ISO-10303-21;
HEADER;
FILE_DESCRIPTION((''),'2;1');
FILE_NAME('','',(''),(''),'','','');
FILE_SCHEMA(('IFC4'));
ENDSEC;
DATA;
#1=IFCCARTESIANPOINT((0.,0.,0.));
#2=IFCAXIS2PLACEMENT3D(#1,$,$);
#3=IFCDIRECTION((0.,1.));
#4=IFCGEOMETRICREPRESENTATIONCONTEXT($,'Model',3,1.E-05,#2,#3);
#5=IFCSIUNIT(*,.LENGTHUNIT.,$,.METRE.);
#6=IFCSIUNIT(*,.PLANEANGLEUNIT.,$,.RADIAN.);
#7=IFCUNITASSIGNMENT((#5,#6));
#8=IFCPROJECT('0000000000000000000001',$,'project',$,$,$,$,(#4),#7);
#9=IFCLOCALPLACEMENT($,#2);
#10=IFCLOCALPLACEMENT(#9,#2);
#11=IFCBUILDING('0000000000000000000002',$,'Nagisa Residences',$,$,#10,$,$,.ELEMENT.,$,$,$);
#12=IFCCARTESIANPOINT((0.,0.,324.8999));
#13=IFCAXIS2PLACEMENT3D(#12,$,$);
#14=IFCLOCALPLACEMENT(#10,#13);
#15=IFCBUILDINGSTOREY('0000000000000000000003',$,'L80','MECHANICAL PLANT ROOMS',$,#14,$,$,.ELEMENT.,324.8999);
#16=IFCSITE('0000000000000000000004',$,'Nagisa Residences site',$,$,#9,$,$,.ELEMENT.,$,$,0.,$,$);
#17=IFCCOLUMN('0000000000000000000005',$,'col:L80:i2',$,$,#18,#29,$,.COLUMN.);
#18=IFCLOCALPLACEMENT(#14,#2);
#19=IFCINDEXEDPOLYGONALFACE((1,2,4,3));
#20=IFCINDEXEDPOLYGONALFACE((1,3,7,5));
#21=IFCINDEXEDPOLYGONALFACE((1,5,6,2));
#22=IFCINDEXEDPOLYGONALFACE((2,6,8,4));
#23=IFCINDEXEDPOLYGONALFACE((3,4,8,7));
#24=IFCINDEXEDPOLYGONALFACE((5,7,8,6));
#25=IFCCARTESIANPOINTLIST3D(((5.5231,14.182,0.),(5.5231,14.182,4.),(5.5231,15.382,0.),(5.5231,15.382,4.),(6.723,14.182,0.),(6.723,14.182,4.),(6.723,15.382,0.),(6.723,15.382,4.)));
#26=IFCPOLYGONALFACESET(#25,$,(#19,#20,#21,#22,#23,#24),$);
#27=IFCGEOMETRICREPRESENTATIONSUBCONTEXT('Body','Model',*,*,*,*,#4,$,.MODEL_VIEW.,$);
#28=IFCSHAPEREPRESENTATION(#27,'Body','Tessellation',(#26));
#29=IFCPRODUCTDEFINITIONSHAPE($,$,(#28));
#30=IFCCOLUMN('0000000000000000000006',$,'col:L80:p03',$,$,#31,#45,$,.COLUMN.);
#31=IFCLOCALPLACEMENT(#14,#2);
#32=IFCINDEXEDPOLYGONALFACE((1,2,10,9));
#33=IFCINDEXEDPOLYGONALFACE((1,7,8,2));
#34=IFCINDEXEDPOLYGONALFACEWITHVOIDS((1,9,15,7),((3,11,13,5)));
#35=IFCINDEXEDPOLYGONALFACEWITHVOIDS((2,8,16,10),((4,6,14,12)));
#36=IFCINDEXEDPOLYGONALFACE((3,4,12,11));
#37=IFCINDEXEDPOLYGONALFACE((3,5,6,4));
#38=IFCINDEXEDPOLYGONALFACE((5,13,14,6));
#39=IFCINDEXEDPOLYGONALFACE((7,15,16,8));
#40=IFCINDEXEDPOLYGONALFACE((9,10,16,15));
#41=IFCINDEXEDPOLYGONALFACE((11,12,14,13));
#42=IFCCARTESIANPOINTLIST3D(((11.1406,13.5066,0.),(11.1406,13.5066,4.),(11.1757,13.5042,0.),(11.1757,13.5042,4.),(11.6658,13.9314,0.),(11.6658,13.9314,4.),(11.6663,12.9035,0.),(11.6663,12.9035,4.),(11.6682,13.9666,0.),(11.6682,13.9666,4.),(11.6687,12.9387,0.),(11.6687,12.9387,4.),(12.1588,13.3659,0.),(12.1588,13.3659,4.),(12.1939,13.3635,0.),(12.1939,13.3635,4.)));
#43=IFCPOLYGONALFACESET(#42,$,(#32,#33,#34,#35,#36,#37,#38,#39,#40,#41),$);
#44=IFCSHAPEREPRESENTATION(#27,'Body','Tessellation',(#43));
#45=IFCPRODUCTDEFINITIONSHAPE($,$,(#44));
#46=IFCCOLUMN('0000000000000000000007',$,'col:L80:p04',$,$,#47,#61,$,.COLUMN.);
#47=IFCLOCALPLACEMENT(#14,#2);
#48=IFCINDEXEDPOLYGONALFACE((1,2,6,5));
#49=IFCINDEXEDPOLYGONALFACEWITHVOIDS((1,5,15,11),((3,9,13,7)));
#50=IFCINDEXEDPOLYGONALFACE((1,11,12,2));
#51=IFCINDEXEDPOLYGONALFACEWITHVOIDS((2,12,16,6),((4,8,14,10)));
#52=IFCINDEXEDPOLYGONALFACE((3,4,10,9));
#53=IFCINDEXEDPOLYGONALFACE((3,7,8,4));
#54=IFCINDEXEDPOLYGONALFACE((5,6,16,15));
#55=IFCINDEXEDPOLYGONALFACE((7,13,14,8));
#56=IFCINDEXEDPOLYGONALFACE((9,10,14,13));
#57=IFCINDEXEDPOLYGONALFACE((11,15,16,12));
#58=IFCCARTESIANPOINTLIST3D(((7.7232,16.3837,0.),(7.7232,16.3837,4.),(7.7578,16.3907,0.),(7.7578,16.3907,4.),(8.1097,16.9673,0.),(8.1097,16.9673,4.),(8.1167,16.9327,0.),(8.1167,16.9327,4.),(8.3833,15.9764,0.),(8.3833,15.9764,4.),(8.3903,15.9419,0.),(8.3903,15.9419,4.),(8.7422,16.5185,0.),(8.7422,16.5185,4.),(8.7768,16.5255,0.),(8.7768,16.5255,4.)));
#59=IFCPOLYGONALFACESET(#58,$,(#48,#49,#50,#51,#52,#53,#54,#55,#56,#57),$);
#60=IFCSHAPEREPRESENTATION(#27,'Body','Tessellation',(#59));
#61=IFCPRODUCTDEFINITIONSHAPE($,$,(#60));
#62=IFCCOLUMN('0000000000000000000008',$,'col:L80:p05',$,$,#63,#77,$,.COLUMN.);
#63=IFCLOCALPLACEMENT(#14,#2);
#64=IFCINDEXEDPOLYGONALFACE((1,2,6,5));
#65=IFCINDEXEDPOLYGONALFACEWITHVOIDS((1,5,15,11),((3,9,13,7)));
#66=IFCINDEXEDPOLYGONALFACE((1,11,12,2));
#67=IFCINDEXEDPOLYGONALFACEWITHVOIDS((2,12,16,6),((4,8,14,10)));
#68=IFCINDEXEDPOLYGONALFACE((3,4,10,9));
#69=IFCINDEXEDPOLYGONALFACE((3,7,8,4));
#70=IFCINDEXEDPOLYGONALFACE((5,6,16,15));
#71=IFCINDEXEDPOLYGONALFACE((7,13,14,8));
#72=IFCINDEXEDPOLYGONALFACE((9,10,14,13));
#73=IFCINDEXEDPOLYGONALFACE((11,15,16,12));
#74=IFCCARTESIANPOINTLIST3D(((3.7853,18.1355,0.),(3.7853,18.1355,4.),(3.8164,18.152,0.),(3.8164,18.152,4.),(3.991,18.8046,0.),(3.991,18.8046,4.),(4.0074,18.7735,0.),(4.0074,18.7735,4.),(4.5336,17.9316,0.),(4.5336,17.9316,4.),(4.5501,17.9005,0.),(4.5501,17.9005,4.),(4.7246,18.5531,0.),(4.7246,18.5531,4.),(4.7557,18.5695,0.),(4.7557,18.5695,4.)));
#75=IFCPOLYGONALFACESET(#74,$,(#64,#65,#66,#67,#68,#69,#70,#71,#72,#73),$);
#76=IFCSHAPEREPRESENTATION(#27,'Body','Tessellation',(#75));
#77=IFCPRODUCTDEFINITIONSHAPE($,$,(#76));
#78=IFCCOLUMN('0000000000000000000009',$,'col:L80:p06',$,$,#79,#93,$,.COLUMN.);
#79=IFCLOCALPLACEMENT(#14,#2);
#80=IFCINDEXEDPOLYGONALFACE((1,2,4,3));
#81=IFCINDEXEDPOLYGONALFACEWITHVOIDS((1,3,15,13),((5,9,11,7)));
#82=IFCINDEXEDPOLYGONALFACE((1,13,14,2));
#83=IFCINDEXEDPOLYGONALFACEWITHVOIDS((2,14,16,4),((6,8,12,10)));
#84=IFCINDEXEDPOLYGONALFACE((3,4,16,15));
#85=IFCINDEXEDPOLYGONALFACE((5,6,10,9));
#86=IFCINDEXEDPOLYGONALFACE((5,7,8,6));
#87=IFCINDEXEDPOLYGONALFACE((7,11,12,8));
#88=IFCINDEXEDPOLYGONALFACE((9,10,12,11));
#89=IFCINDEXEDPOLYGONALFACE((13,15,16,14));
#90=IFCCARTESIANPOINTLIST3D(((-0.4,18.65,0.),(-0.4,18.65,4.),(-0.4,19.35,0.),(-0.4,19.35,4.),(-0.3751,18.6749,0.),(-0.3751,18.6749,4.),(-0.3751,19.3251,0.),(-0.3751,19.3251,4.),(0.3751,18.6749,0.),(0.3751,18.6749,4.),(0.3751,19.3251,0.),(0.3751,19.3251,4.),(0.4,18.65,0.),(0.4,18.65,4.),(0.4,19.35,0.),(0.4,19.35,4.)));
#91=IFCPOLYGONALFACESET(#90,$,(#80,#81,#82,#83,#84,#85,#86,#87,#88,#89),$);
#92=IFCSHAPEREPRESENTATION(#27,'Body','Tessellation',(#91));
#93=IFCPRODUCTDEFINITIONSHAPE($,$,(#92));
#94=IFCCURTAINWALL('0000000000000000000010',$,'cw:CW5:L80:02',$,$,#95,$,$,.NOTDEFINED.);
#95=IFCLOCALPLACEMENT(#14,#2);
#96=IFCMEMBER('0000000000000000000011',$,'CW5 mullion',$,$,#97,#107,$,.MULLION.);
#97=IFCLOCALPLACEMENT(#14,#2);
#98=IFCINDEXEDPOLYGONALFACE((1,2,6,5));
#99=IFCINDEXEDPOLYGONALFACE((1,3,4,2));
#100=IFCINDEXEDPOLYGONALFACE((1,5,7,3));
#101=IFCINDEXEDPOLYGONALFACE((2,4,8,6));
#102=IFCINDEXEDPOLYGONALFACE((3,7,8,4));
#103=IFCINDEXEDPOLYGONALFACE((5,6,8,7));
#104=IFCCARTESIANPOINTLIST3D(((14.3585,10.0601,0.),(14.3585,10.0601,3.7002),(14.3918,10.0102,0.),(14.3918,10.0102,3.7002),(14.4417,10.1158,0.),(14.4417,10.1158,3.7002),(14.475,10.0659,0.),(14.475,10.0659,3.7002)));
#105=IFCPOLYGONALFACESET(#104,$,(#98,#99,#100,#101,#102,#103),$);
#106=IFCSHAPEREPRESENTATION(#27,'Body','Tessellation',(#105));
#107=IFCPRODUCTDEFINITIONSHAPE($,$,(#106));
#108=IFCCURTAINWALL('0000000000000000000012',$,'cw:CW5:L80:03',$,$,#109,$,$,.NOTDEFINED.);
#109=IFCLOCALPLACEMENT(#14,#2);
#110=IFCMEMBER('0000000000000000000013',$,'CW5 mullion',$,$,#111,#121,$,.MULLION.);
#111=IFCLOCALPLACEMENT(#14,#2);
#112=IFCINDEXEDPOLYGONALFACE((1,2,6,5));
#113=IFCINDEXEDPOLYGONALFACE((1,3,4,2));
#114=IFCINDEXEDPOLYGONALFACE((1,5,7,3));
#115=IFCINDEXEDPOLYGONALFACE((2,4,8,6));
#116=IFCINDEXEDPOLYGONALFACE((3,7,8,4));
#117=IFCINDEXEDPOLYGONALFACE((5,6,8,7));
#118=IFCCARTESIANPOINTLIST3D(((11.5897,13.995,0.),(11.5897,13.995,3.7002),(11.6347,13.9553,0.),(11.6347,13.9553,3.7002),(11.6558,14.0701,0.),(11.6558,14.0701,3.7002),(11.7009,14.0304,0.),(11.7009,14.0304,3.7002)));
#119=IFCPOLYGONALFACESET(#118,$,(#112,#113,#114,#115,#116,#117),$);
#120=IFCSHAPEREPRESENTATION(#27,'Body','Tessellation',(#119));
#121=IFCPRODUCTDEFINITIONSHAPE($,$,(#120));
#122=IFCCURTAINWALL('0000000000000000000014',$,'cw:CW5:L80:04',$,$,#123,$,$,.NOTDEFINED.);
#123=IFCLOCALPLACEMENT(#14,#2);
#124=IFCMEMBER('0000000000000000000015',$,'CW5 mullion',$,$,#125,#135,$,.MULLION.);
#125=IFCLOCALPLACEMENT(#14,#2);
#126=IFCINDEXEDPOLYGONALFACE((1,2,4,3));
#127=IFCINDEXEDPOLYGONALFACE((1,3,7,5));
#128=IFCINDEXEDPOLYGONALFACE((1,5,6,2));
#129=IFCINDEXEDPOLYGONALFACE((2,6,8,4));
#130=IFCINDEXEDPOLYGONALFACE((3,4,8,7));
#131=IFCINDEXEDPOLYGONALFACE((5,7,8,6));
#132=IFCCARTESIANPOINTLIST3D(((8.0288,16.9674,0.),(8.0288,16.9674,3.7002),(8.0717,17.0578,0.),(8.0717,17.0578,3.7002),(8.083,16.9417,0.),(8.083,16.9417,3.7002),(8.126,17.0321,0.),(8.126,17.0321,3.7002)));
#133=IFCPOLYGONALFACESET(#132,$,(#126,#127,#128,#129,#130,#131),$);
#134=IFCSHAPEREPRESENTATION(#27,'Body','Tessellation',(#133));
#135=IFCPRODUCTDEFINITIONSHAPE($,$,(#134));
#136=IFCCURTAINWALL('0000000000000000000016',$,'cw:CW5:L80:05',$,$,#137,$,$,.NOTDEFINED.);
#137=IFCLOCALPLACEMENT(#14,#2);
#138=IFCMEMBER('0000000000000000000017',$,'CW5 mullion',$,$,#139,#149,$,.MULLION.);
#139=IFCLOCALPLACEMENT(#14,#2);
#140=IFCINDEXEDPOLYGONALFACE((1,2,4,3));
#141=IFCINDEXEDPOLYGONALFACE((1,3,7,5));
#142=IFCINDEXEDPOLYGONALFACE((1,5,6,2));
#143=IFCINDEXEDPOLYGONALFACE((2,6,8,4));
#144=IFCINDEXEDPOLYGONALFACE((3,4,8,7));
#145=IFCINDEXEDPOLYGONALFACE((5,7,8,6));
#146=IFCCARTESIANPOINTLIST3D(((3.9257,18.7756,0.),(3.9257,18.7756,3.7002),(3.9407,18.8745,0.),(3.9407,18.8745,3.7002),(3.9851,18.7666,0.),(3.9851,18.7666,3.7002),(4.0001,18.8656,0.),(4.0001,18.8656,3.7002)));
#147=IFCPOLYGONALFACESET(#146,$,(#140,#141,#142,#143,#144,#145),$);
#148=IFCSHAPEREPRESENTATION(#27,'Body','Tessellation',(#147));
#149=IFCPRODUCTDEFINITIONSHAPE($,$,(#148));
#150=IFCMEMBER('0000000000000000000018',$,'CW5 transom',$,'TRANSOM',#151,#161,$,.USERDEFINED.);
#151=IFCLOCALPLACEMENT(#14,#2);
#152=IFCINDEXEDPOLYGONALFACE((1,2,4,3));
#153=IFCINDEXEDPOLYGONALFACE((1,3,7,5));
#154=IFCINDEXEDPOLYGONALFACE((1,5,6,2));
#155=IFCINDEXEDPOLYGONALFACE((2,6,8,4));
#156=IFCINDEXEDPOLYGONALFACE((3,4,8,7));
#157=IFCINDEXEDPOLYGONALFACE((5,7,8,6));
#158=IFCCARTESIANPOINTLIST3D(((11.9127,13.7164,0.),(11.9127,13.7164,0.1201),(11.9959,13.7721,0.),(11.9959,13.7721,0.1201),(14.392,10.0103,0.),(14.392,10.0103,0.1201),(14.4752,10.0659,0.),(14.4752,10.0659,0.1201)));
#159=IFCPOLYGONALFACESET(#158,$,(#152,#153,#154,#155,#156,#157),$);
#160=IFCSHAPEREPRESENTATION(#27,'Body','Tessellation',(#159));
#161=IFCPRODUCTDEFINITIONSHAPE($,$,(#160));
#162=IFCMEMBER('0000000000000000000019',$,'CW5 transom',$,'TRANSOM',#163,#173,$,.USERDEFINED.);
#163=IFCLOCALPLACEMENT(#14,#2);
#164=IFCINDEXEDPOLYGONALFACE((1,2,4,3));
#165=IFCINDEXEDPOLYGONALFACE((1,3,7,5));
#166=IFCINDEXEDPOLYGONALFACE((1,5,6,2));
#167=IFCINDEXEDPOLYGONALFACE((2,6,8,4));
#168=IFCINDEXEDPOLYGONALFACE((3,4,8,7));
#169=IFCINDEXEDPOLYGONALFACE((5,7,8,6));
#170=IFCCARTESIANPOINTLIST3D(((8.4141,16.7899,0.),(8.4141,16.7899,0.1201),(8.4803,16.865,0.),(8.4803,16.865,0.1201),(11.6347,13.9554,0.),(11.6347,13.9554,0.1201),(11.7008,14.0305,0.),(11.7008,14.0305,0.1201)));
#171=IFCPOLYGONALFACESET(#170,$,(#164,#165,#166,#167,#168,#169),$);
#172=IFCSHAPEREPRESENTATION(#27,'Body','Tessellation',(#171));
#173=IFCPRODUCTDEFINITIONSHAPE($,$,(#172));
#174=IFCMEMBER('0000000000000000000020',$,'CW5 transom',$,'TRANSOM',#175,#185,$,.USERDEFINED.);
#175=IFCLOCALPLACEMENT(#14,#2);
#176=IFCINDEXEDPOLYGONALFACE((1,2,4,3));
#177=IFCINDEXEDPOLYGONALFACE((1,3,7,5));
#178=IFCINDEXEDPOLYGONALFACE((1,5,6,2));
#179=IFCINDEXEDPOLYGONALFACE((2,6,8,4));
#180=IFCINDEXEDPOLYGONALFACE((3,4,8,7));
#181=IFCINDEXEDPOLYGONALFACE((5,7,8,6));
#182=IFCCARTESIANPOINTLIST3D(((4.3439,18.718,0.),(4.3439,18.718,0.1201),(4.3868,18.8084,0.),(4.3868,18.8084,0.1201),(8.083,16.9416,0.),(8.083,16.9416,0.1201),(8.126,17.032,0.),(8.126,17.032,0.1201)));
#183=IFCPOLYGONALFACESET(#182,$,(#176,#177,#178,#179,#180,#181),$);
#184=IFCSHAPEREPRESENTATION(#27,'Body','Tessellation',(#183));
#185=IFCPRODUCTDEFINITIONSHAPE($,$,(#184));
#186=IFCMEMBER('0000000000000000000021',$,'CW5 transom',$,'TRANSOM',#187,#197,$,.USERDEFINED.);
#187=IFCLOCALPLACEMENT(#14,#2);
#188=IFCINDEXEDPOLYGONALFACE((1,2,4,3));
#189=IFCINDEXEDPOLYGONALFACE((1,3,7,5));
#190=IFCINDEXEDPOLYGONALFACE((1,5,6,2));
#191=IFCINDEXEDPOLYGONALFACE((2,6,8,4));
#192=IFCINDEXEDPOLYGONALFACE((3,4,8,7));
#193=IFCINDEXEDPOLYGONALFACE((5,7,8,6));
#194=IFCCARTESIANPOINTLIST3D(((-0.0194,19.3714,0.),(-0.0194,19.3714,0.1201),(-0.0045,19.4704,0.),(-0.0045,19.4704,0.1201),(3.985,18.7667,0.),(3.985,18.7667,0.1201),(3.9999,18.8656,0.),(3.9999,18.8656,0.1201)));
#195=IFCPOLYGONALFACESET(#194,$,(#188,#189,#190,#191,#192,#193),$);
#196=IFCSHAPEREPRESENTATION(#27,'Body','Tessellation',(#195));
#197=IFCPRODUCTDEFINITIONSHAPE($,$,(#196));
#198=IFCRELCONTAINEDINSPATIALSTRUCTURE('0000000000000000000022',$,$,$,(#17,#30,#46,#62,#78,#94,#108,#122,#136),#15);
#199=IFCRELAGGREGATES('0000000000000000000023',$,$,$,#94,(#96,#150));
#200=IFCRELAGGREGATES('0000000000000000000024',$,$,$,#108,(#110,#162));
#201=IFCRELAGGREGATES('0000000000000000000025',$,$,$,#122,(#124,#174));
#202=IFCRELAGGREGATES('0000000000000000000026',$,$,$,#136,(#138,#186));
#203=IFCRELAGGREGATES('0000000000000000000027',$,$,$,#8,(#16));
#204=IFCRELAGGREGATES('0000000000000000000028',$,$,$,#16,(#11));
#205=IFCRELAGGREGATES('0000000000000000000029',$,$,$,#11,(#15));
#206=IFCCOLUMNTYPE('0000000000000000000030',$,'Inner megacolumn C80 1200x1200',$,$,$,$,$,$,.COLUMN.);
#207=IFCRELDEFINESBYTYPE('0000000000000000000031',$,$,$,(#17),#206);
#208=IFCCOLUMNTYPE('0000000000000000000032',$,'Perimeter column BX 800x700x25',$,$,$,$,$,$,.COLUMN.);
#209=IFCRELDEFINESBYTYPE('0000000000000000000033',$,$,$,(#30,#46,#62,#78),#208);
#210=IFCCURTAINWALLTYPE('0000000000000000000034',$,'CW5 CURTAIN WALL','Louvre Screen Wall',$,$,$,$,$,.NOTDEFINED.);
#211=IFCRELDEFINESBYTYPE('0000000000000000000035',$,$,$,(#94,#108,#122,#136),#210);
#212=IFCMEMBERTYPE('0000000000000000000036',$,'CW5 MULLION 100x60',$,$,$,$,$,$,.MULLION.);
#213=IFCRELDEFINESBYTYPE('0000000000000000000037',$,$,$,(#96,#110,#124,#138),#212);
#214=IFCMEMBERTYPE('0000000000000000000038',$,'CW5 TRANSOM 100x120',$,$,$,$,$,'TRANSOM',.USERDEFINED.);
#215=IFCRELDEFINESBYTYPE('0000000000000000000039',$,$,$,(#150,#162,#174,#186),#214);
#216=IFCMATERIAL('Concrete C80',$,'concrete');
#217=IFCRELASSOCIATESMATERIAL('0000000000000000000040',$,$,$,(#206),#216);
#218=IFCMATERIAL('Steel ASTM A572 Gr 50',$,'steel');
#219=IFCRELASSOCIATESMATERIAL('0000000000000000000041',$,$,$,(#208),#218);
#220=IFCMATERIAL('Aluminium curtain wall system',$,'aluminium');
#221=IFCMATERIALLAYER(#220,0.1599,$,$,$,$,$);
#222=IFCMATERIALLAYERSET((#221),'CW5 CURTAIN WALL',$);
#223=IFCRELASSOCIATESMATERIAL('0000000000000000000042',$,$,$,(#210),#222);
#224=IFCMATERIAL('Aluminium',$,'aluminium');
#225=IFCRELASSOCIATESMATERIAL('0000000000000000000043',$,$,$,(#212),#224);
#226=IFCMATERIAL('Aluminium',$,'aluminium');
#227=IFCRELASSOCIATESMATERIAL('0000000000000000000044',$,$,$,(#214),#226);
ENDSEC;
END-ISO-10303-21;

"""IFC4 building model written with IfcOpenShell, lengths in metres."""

from ifc_helpers import new_model, si_unit, direction, frame, origin, origin_2d, place, context, subcontext, project, spatial, rectangle, hollow_rectangle, extrude, material, layer, layer_set, material_profile, profile_set, type_object, element, aggregate, save


model = new_model("IFC4")

# Units and contexts
model_context = context("Model", 3, precision=1e-05, world=origin(), true_north=direction((0.0, 1.0)))
body_context = subcontext(model_context, "Body", "Model", "MODEL_VIEW")
ifc_project = project(units=[si_unit("LENGTHUNIT", "METRE"), si_unit("PLANEANGLEUNIT", "RADIAN")], contexts=[model_context])

# Site, building, storey
site_placement = place(None, origin())
site = spatial("IfcSite", under=ifc_project, at=site_placement, Name="Nagisa Residences site", CompositionType="ELEMENT", RefElevation=0.0)
building_placement = place(site_placement, origin())
building = spatial("IfcBuilding", under=site, at=building_placement, Name="Nagisa Residences", CompositionType="ELEMENT")
storey_placement = place(building_placement, frame((0.0, 0.0, 324.8999)))
storey = spatial("IfcBuildingStorey", under=building, at=storey_placement, Name="L80", Description="MECHANICAL PLANT ROOMS", CompositionType="ELEMENT", Elevation=324.8999)

# Columns
ifc_material_1 = material(Name="Concrete C80", Category="concrete")
ifc_material_profile_1 = material_profile(ifc_material_1, rectangle(XDim=1.2, YDim=1.2, at=origin_2d()), Name="C80 1200x1200")
ifc_profile_set_1 = profile_set([ifc_material_profile_1], Name="Concrete C80")
column_type_1 = type_object("IfcColumnType", Name="Inner megacolumn C80 1200x1200", PredefinedType="COLUMN", material=ifc_profile_set_1)
column_placement = place(storey_placement, frame((6.123, 14.782, 0.0), z_axis=(0.0, 0.0, 1.0), x_axis=(1.0, 0.0, 0.0)))
element("IfcColumn", 1, at=column_placement, inside=storey, type_object=column_type_1, Name="col:L80:i2", PredefinedType="COLUMN", context=body_context, shape_type="SweptSolid", body=[
    extrude(rectangle(XDim=1.2, YDim=1.2, at=origin_2d()), origin(), (0.0, 0.0, 1.0), 4.0),
])
ifc_material_2 = material(Name="Steel ASTM A572 Gr 50", Category="steel")
ifc_material_profile_2 = material_profile(ifc_material_2, hollow_rectangle(XDim=0.8, YDim=0.7, WallThickness=0.0249, at=origin_2d()), Name="BX 800x700x25")
ifc_profile_set_2 = profile_set([ifc_material_profile_2], Name="Steel ASTM A572 Gr 50")
column_type_2 = type_object("IfcColumnType", Name="Perimeter column BX 800x700x25", PredefinedType="COLUMN", material=ifc_profile_set_2)
for number, where, z_axis, x_axis, name in (
    (2, (11.6672, 13.4351, 0.0), (0.0, 0.0, 1.0), (-0.657135, 0.753773, 0.0), "col:L80:p03"),
    (3, (8.25, 16.4546, 0.0), (0.0, 0.0, 1.0), (-0.833744, 0.552151, 0.0), "col:L80:p04"),
    (4, (4.2705, 18.3525, 0.0), (0.0, 0.0, 1.0), (-0.95587, 0.29379, 0.0), "col:L80:p05"),
    (5, (0.0, 19.0, 0.0), (0.0, 0.0, 1.0), (-1.0, 0.0, 0.0), "col:L80:p06"),
):
    element("IfcColumn", number, at=place(storey_placement, frame(where, z_axis=z_axis, x_axis=x_axis)), inside=storey, type_object=column_type_2, Name=name, PredefinedType="COLUMN", context=body_context, shape_type="SweptSolid", body=[
        extrude(hollow_rectangle(XDim=0.8, YDim=0.7, WallThickness=0.0249, at=origin_2d()), origin(), (0.0, 0.0, 1.0), 4.0),
    ])

# Curtain walls, members
ifc_material_3 = material(Name="Aluminium curtain wall system", Category="aluminium")
ifc_layer_1 = layer(ifc_material_3, 0.1599)
ifc_layer_set_1 = layer_set([ifc_layer_1], Name="CW5 CURTAIN WALL")
curtain_wall_type = type_object("IfcCurtainWallType", Name="CW5 CURTAIN WALL", Description="Louvre Screen Wall", PredefinedType="NOTDEFINED", material=ifc_layer_set_1)
curtain_wall_1_placement = place(storey_placement, origin())
curtain_wall_1 = element("IfcCurtainWall", 6, at=curtain_wall_1_placement, inside=storey, type_object=curtain_wall_type, Name="cw:CW5:L80:02", PredefinedType="NOTDEFINED")
ifc_material_4 = material(Name="Aluminium", Category="aluminium")
ifc_material_profile_3 = material_profile(ifc_material_4, rectangle(XDim=0.1001, YDim=0.0601, at=origin_2d()), Name="CW5 MULLION 100x60")
ifc_profile_set_3 = profile_set([ifc_material_profile_3], Name="Aluminium")
member_type_1 = type_object("IfcMemberType", Name="CW5 MULLION 100x60", PredefinedType="MULLION", material=ifc_profile_set_3)
member_1_placement = place(storey_placement, frame((14.4167, 10.063, 0.0), z_axis=(0.0, 0.0, 1.0), x_axis=(-0.831173, -0.556014, 0.0)))
member_1 = element("IfcMember", 7, at=member_1_placement, type_object=member_type_1, Name="CW5 mullion", PredefinedType="MULLION", context=body_context, shape_type="SweptSolid", body=[
    extrude(rectangle(XDim=0.1001, YDim=0.0601, at=origin_2d()), origin(), (0.0, 0.0, 1.0), 3.7002),
])
curtain_wall_2_placement = place(storey_placement, origin())
curtain_wall_2 = element("IfcCurtainWall", 8, at=curtain_wall_2_placement, inside=storey, type_object=curtain_wall_type, Name="cw:CW5:L80:03", PredefinedType="NOTDEFINED")
member_2_placement = place(storey_placement, frame((11.6453, 14.0127, 0.0), z_axis=(0.0, 0.0, 1.0), x_axis=(-0.660699, -0.750651, 0.0)))
member_2 = element("IfcMember", 9, at=member_2_placement, type_object=member_type_1, Name="CW5 mullion", PredefinedType="MULLION", context=body_context, shape_type="SweptSolid", body=[
    extrude(rectangle(XDim=0.1001, YDim=0.0601, at=origin_2d()), origin(), (0.0, 0.0, 1.0), 3.7002),
])
curtain_wall_3_placement = place(storey_placement, origin())
curtain_wall_3 = element("IfcCurtainWall", 10, at=curtain_wall_3_placement, inside=storey, type_object=curtain_wall_type, Name="cw:CW5:L80:04", PredefinedType="NOTDEFINED")
member_3_placement = place(storey_placement, frame((8.0774, 16.9998, 0.0), z_axis=(0.0, 0.0, 1.0), x_axis=(-0.429151, -0.903233, 0.0)))
member_3 = element("IfcMember", 11, at=member_3_placement, type_object=member_type_1, Name="CW5 mullion", PredefinedType="MULLION", context=body_context, shape_type="SweptSolid", body=[
    extrude(rectangle(XDim=0.1001, YDim=0.0601, at=origin_2d()), origin(), (0.0, 0.0, 1.0), 3.7002),
])
curtain_wall_4_placement = place(storey_placement, origin())
curtain_wall_4 = element("IfcCurtainWall", 12, at=curtain_wall_4_placement, inside=storey, type_object=curtain_wall_type, Name="cw:CW5:L80:05", PredefinedType="NOTDEFINED")
member_4_placement = place(storey_placement, frame((3.9629, 18.8206, 0.0), z_axis=(0.0, 0.0, 1.0), x_axis=(-0.14932, -0.988789, 0.0)))
member_4 = element("IfcMember", 13, at=member_4_placement, type_object=member_type_1, Name="CW5 mullion", PredefinedType="MULLION", context=body_context, shape_type="SweptSolid", body=[
    extrude(rectangle(XDim=0.1001, YDim=0.0601, at=origin_2d()), origin(), (0.0, 0.0, 1.0), 3.7002),
])

# Members
ifc_material_5 = material(Name="Aluminium", Category="aluminium")
ifc_material_profile_4 = material_profile(ifc_material_5, rectangle(XDim=0.1001, YDim=0.1201, at=origin_2d()), Name="CW5 TRANSOM 100x120")
ifc_profile_set_4 = profile_set([ifc_material_profile_4], Name="Aluminium")
member_type_2 = type_object("IfcMemberType", Name="CW5 TRANSOM 100x120", ElementType="TRANSOM", PredefinedType="USERDEFINED", material=ifc_profile_set_4)
member_5_placement = place(storey_placement, frame((14.4336, 10.0381, 0.0601), z_axis=(-0.556026, 0.831165, 0.0), x_axis=(-0.831165, -0.556026, 0.0)))
member_5 = element("IfcMember", 14, at=member_5_placement, type_object=member_type_2, Name="CW5 transom", ObjectType="TRANSOM", PredefinedType="USERDEFINED", context=body_context, shape_type="SweptSolid", body=[
    extrude(rectangle(XDim=0.1001, YDim=0.1201, at=origin_2d()), origin(), (0.0, 0.0, 1.0), 4.459),
])
member_6_placement = place(storey_placement, frame((11.6677, 13.9929, 0.0601), z_axis=(-0.750659, 0.660689, 0.0), x_axis=(-0.660689, -0.750659, 0.0)))
member_6 = element("IfcMember", 15, at=member_6_placement, type_object=member_type_2, Name="CW5 transom", ObjectType="TRANSOM", PredefinedType="USERDEFINED", context=body_context, shape_type="SweptSolid", body=[
    extrude(rectangle(XDim=0.1001, YDim=0.1201, at=origin_2d()), origin(), (0.0, 0.0, 1.0), 4.2903),
])
member_7_placement = place(storey_placement, frame((8.1045, 16.9868, 0.0601), z_axis=(-0.903246, 0.429123, 0.0), x_axis=(-0.429123, -0.903246, 0.0)))
member_7 = element("IfcMember", 16, at=member_7_placement, type_object=member_type_2, Name="CW5 transom", ObjectType="TRANSOM", PredefinedType="USERDEFINED", context=body_context, shape_type="SweptSolid", body=[
    extrude(rectangle(XDim=0.1001, YDim=0.1201, at=origin_2d()), origin(), (0.0, 0.0, 1.0), 4.1396),
])
member_8_placement = place(storey_placement, frame((3.9924, 18.8162, 0.0601), z_axis=(-0.988788, 0.149325, 0.0), x_axis=(-0.149325, -0.988788, 0.0)))
member_8 = element("IfcMember", 17, at=member_8_placement, type_object=member_type_2, Name="CW5 transom", ObjectType="TRANSOM", PredefinedType="USERDEFINED", context=body_context, shape_type="SweptSolid", body=[
    extrude(rectangle(XDim=0.1001, YDim=0.1201, at=origin_2d()), origin(), (0.0, 0.0, 1.0), 4.0498),
])

aggregate(curtain_wall_1, [member_1, member_5])
aggregate(curtain_wall_2, [member_2, member_6])
aggregate(curtain_wall_3, [member_3, member_7])
aggregate(curtain_wall_4, [member_4, member_8])

save(model, "model.ifc")
